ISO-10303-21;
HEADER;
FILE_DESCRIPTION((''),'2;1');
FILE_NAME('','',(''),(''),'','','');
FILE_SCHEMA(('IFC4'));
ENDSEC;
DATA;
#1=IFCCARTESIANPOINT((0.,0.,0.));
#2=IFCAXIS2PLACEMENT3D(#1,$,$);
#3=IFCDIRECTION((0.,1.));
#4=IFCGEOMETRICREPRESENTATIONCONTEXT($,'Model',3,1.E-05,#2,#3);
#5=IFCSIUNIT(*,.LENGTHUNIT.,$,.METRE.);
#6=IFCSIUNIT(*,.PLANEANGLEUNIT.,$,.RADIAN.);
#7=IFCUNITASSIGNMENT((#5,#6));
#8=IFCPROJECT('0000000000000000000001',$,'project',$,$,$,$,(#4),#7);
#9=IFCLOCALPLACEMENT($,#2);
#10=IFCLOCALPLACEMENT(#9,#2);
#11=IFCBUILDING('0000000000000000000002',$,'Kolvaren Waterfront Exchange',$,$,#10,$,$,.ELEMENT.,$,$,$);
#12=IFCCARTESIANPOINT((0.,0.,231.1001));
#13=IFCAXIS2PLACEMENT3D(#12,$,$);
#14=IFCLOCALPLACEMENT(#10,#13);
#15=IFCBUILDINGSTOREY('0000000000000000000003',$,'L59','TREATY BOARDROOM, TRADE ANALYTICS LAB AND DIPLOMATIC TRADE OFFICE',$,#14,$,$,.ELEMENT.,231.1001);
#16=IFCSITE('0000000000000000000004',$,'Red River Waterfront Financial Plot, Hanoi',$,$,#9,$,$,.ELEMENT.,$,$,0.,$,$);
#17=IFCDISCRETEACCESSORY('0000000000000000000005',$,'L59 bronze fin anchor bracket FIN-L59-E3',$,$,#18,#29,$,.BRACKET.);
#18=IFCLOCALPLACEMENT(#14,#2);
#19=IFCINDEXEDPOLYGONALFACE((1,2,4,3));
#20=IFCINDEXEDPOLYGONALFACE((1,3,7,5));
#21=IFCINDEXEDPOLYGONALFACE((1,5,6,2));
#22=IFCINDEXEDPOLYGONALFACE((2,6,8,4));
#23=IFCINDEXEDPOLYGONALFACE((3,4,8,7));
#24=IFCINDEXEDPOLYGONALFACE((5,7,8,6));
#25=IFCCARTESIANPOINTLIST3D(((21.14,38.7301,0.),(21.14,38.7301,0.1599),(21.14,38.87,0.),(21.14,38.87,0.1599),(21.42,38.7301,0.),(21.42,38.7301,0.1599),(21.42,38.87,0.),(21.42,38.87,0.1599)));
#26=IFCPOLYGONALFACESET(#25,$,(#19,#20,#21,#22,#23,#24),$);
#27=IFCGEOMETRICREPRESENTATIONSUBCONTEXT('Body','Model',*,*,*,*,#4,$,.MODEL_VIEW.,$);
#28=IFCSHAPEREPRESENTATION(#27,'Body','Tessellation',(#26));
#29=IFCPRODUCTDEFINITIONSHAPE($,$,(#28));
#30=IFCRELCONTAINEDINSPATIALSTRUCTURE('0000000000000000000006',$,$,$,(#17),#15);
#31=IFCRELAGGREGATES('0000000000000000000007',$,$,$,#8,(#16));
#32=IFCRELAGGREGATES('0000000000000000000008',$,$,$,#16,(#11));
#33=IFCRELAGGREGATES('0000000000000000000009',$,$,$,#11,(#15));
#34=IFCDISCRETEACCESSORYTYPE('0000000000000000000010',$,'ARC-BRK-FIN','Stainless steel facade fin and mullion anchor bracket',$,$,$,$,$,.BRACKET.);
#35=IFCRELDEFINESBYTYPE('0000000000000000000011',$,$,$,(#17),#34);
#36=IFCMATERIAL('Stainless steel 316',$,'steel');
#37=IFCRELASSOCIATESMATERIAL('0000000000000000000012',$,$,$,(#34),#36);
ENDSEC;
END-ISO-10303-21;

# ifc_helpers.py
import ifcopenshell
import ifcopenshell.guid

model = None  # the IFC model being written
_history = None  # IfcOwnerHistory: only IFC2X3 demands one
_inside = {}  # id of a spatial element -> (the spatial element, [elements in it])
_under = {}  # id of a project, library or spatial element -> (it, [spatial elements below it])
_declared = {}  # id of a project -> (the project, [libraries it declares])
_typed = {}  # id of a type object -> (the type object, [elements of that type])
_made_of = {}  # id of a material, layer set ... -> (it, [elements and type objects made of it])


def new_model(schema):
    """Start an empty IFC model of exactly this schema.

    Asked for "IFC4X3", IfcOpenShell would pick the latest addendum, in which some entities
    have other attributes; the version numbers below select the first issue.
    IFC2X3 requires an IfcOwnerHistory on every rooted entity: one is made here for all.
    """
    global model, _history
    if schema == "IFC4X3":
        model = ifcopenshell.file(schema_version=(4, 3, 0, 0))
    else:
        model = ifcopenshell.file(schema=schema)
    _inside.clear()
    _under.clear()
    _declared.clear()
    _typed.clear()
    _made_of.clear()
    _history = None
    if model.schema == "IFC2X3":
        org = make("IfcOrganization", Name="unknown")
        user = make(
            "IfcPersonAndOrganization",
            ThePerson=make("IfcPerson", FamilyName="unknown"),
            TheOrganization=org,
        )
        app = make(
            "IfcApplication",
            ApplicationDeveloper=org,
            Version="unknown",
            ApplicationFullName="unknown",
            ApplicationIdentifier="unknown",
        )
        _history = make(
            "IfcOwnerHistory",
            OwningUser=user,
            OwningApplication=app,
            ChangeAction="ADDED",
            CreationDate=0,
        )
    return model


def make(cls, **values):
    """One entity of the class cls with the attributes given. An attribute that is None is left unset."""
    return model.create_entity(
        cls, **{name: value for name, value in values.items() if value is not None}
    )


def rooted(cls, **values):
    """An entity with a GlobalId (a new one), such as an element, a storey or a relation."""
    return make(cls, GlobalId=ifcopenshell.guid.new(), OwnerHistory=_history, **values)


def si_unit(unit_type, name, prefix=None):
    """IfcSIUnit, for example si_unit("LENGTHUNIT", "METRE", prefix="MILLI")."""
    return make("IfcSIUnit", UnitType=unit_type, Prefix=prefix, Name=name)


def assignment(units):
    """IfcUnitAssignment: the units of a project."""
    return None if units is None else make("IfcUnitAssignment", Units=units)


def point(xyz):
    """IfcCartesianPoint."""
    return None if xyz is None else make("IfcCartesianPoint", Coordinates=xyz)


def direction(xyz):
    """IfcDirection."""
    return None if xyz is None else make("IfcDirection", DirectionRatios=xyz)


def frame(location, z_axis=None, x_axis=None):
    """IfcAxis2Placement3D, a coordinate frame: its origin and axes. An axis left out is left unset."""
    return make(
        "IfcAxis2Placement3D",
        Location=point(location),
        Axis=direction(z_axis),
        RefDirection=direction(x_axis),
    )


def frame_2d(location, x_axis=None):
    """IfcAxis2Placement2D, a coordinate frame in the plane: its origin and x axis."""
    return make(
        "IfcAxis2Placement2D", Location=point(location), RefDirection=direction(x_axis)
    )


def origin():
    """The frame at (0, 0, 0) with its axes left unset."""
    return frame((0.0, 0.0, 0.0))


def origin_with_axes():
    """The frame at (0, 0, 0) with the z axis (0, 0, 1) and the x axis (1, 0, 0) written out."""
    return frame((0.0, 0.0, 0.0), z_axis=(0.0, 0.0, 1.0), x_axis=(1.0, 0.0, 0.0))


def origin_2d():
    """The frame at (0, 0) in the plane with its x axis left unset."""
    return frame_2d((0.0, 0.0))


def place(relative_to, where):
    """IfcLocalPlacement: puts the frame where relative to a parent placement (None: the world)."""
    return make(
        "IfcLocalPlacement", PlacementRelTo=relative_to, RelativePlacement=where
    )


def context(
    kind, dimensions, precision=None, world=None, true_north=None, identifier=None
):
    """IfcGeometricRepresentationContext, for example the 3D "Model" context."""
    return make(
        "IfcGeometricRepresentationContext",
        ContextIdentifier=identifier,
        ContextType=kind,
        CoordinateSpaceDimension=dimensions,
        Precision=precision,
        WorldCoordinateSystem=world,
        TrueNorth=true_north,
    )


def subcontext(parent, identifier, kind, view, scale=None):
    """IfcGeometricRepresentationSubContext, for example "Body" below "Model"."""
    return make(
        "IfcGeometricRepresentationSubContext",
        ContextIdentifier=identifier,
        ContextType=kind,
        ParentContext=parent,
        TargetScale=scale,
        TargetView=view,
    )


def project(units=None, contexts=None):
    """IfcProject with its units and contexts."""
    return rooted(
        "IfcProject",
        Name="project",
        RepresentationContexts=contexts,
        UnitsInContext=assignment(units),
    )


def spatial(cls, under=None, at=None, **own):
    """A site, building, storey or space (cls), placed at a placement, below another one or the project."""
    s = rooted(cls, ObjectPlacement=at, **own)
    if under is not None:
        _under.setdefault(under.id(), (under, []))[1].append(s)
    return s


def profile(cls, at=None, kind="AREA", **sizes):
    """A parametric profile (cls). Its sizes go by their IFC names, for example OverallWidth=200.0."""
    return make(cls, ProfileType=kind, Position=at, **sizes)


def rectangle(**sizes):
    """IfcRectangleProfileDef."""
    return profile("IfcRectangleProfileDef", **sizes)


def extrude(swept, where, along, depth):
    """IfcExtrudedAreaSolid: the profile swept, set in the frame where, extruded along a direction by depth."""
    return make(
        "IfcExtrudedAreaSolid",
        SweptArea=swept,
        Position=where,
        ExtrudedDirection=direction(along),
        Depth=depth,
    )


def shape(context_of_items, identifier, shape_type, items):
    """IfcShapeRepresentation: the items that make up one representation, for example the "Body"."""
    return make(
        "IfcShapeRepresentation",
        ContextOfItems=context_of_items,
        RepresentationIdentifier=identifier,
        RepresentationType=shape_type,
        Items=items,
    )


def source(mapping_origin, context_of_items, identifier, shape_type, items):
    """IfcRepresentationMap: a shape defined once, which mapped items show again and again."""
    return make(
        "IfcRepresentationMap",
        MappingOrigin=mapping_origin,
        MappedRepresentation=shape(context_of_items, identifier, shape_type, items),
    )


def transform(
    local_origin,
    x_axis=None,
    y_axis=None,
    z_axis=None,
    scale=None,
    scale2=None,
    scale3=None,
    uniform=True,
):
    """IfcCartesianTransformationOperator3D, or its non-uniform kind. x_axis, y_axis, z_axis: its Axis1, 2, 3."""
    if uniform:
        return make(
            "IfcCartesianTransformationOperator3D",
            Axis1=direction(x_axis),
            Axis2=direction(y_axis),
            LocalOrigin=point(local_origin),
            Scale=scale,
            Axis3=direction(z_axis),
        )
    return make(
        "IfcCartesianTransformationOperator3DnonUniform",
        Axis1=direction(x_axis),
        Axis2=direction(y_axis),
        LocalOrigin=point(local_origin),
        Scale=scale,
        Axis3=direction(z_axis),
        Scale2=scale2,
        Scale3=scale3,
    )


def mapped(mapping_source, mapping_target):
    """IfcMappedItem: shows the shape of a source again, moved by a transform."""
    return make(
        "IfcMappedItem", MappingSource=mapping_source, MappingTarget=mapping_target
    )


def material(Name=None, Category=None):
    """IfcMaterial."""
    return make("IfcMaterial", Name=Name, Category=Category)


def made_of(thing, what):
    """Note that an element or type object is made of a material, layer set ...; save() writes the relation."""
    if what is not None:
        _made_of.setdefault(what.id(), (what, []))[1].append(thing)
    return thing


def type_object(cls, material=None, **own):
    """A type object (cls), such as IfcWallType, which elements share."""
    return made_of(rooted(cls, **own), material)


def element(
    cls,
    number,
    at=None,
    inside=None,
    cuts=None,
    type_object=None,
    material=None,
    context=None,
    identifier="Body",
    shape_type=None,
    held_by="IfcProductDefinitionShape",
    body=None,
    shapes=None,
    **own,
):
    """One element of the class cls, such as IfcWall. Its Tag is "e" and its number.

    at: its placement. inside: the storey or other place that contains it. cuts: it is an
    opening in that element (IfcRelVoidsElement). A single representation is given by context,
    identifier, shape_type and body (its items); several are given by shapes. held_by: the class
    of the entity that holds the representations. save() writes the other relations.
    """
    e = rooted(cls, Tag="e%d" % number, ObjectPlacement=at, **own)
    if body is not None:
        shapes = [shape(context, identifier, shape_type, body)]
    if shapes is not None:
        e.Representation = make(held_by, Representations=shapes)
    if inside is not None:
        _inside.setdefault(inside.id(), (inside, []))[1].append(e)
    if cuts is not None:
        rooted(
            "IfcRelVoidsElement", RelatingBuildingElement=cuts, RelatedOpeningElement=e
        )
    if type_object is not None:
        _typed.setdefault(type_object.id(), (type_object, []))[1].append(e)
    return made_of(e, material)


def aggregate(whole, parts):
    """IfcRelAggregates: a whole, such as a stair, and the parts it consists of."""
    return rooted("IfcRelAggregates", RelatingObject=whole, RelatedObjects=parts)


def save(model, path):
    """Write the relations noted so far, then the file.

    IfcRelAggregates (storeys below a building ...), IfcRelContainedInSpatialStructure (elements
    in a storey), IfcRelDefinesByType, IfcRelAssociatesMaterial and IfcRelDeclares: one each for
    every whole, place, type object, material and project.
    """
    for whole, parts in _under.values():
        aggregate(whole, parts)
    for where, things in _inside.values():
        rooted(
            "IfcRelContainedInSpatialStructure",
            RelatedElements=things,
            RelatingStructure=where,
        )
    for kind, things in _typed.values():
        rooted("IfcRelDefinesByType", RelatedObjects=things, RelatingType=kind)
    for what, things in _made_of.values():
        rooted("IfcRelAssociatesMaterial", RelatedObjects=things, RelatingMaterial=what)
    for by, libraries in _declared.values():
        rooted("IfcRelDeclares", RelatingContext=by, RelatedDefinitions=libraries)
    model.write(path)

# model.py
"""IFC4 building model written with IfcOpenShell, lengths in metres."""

from ifc_helpers import new_model, si_unit, direction, frame, origin, origin_with_axes, origin_2d, place, context, subcontext, project, spatial, rectangle, extrude, source, transform, mapped, material, type_object, element, save


model = new_model("IFC4")

# Units and contexts
model_context = context("Model", 3, precision=1e-05, world=origin(), true_north=direction((0.0, 1.0)))
body_context = subcontext(model_context, "Body", "Model", "MODEL_VIEW")
ifc_project = project(units=[si_unit("LENGTHUNIT", "METRE"), si_unit("PLANEANGLEUNIT", "RADIAN")], contexts=[model_context])

# Site, building, storey
site_placement = place(None, origin())
site = spatial("IfcSite", under=ifc_project, at=site_placement, Name="Red River Waterfront Financial Plot, Hanoi", CompositionType="ELEMENT", RefElevation=0.0)
building_placement = place(site_placement, origin())
building = spatial("IfcBuilding", under=site, at=building_placement, Name="Kolvaren Waterfront Exchange", CompositionType="ELEMENT")
storey_placement = place(building_placement, frame((0.0, 0.0, 231.1001)))
storey = spatial("IfcBuildingStorey", under=building, at=storey_placement, Name="L59", Description="TREATY BOARDROOM, TRADE ANALYTICS LAB AND DIPLOMATIC TRADE OFFICE", CompositionType="ELEMENT", Elevation=231.1001)

# Shared definitions
ifc_material_1 = material(Name="Stainless steel 316", Category="steel")

# Discrete accessory
discrete_accessory_type = type_object("IfcDiscreteAccessoryType", Name="ARC-BRK-FIN", Description="Stainless steel facade fin and mullion anchor bracket", PredefinedType="BRACKET", material=ifc_material_1)
shared_shape_1 = source(origin_with_axes(), body_context, "Body", "SweptSolid", [
    extrude(rectangle(XDim=0.28, YDim=0.1399, at=origin_2d()), origin(), (0.0, 0.0, 1.0), 0.1599),
])
for number, where, z_axis, x_axis, name in (
    (1, (21.28, 38.8, 0.0), (0.0, 0.0, 1.0), (1.0, 0.0, 0.0), "L59 bronze fin anchor bracket FIN-L59-E3"),
):
    element("IfcDiscreteAccessory", number, at=place(storey_placement, frame(where, z_axis=z_axis, x_axis=x_axis)), inside=storey, type_object=discrete_accessory_type, Name=name, PredefinedType="BRACKET", context=body_context, shape_type="MappedRepresentation", body=[
        mapped(shared_shape_1, transform((0.0, 0.0, 0.0), x_axis=(1.0, 0.0, 0.0), y_axis=(0.0, 1.0, 0.0), z_axis=(0.0, 0.0, 1.0), scale=1.0)),
    ])

save(model, "model.ifc")
